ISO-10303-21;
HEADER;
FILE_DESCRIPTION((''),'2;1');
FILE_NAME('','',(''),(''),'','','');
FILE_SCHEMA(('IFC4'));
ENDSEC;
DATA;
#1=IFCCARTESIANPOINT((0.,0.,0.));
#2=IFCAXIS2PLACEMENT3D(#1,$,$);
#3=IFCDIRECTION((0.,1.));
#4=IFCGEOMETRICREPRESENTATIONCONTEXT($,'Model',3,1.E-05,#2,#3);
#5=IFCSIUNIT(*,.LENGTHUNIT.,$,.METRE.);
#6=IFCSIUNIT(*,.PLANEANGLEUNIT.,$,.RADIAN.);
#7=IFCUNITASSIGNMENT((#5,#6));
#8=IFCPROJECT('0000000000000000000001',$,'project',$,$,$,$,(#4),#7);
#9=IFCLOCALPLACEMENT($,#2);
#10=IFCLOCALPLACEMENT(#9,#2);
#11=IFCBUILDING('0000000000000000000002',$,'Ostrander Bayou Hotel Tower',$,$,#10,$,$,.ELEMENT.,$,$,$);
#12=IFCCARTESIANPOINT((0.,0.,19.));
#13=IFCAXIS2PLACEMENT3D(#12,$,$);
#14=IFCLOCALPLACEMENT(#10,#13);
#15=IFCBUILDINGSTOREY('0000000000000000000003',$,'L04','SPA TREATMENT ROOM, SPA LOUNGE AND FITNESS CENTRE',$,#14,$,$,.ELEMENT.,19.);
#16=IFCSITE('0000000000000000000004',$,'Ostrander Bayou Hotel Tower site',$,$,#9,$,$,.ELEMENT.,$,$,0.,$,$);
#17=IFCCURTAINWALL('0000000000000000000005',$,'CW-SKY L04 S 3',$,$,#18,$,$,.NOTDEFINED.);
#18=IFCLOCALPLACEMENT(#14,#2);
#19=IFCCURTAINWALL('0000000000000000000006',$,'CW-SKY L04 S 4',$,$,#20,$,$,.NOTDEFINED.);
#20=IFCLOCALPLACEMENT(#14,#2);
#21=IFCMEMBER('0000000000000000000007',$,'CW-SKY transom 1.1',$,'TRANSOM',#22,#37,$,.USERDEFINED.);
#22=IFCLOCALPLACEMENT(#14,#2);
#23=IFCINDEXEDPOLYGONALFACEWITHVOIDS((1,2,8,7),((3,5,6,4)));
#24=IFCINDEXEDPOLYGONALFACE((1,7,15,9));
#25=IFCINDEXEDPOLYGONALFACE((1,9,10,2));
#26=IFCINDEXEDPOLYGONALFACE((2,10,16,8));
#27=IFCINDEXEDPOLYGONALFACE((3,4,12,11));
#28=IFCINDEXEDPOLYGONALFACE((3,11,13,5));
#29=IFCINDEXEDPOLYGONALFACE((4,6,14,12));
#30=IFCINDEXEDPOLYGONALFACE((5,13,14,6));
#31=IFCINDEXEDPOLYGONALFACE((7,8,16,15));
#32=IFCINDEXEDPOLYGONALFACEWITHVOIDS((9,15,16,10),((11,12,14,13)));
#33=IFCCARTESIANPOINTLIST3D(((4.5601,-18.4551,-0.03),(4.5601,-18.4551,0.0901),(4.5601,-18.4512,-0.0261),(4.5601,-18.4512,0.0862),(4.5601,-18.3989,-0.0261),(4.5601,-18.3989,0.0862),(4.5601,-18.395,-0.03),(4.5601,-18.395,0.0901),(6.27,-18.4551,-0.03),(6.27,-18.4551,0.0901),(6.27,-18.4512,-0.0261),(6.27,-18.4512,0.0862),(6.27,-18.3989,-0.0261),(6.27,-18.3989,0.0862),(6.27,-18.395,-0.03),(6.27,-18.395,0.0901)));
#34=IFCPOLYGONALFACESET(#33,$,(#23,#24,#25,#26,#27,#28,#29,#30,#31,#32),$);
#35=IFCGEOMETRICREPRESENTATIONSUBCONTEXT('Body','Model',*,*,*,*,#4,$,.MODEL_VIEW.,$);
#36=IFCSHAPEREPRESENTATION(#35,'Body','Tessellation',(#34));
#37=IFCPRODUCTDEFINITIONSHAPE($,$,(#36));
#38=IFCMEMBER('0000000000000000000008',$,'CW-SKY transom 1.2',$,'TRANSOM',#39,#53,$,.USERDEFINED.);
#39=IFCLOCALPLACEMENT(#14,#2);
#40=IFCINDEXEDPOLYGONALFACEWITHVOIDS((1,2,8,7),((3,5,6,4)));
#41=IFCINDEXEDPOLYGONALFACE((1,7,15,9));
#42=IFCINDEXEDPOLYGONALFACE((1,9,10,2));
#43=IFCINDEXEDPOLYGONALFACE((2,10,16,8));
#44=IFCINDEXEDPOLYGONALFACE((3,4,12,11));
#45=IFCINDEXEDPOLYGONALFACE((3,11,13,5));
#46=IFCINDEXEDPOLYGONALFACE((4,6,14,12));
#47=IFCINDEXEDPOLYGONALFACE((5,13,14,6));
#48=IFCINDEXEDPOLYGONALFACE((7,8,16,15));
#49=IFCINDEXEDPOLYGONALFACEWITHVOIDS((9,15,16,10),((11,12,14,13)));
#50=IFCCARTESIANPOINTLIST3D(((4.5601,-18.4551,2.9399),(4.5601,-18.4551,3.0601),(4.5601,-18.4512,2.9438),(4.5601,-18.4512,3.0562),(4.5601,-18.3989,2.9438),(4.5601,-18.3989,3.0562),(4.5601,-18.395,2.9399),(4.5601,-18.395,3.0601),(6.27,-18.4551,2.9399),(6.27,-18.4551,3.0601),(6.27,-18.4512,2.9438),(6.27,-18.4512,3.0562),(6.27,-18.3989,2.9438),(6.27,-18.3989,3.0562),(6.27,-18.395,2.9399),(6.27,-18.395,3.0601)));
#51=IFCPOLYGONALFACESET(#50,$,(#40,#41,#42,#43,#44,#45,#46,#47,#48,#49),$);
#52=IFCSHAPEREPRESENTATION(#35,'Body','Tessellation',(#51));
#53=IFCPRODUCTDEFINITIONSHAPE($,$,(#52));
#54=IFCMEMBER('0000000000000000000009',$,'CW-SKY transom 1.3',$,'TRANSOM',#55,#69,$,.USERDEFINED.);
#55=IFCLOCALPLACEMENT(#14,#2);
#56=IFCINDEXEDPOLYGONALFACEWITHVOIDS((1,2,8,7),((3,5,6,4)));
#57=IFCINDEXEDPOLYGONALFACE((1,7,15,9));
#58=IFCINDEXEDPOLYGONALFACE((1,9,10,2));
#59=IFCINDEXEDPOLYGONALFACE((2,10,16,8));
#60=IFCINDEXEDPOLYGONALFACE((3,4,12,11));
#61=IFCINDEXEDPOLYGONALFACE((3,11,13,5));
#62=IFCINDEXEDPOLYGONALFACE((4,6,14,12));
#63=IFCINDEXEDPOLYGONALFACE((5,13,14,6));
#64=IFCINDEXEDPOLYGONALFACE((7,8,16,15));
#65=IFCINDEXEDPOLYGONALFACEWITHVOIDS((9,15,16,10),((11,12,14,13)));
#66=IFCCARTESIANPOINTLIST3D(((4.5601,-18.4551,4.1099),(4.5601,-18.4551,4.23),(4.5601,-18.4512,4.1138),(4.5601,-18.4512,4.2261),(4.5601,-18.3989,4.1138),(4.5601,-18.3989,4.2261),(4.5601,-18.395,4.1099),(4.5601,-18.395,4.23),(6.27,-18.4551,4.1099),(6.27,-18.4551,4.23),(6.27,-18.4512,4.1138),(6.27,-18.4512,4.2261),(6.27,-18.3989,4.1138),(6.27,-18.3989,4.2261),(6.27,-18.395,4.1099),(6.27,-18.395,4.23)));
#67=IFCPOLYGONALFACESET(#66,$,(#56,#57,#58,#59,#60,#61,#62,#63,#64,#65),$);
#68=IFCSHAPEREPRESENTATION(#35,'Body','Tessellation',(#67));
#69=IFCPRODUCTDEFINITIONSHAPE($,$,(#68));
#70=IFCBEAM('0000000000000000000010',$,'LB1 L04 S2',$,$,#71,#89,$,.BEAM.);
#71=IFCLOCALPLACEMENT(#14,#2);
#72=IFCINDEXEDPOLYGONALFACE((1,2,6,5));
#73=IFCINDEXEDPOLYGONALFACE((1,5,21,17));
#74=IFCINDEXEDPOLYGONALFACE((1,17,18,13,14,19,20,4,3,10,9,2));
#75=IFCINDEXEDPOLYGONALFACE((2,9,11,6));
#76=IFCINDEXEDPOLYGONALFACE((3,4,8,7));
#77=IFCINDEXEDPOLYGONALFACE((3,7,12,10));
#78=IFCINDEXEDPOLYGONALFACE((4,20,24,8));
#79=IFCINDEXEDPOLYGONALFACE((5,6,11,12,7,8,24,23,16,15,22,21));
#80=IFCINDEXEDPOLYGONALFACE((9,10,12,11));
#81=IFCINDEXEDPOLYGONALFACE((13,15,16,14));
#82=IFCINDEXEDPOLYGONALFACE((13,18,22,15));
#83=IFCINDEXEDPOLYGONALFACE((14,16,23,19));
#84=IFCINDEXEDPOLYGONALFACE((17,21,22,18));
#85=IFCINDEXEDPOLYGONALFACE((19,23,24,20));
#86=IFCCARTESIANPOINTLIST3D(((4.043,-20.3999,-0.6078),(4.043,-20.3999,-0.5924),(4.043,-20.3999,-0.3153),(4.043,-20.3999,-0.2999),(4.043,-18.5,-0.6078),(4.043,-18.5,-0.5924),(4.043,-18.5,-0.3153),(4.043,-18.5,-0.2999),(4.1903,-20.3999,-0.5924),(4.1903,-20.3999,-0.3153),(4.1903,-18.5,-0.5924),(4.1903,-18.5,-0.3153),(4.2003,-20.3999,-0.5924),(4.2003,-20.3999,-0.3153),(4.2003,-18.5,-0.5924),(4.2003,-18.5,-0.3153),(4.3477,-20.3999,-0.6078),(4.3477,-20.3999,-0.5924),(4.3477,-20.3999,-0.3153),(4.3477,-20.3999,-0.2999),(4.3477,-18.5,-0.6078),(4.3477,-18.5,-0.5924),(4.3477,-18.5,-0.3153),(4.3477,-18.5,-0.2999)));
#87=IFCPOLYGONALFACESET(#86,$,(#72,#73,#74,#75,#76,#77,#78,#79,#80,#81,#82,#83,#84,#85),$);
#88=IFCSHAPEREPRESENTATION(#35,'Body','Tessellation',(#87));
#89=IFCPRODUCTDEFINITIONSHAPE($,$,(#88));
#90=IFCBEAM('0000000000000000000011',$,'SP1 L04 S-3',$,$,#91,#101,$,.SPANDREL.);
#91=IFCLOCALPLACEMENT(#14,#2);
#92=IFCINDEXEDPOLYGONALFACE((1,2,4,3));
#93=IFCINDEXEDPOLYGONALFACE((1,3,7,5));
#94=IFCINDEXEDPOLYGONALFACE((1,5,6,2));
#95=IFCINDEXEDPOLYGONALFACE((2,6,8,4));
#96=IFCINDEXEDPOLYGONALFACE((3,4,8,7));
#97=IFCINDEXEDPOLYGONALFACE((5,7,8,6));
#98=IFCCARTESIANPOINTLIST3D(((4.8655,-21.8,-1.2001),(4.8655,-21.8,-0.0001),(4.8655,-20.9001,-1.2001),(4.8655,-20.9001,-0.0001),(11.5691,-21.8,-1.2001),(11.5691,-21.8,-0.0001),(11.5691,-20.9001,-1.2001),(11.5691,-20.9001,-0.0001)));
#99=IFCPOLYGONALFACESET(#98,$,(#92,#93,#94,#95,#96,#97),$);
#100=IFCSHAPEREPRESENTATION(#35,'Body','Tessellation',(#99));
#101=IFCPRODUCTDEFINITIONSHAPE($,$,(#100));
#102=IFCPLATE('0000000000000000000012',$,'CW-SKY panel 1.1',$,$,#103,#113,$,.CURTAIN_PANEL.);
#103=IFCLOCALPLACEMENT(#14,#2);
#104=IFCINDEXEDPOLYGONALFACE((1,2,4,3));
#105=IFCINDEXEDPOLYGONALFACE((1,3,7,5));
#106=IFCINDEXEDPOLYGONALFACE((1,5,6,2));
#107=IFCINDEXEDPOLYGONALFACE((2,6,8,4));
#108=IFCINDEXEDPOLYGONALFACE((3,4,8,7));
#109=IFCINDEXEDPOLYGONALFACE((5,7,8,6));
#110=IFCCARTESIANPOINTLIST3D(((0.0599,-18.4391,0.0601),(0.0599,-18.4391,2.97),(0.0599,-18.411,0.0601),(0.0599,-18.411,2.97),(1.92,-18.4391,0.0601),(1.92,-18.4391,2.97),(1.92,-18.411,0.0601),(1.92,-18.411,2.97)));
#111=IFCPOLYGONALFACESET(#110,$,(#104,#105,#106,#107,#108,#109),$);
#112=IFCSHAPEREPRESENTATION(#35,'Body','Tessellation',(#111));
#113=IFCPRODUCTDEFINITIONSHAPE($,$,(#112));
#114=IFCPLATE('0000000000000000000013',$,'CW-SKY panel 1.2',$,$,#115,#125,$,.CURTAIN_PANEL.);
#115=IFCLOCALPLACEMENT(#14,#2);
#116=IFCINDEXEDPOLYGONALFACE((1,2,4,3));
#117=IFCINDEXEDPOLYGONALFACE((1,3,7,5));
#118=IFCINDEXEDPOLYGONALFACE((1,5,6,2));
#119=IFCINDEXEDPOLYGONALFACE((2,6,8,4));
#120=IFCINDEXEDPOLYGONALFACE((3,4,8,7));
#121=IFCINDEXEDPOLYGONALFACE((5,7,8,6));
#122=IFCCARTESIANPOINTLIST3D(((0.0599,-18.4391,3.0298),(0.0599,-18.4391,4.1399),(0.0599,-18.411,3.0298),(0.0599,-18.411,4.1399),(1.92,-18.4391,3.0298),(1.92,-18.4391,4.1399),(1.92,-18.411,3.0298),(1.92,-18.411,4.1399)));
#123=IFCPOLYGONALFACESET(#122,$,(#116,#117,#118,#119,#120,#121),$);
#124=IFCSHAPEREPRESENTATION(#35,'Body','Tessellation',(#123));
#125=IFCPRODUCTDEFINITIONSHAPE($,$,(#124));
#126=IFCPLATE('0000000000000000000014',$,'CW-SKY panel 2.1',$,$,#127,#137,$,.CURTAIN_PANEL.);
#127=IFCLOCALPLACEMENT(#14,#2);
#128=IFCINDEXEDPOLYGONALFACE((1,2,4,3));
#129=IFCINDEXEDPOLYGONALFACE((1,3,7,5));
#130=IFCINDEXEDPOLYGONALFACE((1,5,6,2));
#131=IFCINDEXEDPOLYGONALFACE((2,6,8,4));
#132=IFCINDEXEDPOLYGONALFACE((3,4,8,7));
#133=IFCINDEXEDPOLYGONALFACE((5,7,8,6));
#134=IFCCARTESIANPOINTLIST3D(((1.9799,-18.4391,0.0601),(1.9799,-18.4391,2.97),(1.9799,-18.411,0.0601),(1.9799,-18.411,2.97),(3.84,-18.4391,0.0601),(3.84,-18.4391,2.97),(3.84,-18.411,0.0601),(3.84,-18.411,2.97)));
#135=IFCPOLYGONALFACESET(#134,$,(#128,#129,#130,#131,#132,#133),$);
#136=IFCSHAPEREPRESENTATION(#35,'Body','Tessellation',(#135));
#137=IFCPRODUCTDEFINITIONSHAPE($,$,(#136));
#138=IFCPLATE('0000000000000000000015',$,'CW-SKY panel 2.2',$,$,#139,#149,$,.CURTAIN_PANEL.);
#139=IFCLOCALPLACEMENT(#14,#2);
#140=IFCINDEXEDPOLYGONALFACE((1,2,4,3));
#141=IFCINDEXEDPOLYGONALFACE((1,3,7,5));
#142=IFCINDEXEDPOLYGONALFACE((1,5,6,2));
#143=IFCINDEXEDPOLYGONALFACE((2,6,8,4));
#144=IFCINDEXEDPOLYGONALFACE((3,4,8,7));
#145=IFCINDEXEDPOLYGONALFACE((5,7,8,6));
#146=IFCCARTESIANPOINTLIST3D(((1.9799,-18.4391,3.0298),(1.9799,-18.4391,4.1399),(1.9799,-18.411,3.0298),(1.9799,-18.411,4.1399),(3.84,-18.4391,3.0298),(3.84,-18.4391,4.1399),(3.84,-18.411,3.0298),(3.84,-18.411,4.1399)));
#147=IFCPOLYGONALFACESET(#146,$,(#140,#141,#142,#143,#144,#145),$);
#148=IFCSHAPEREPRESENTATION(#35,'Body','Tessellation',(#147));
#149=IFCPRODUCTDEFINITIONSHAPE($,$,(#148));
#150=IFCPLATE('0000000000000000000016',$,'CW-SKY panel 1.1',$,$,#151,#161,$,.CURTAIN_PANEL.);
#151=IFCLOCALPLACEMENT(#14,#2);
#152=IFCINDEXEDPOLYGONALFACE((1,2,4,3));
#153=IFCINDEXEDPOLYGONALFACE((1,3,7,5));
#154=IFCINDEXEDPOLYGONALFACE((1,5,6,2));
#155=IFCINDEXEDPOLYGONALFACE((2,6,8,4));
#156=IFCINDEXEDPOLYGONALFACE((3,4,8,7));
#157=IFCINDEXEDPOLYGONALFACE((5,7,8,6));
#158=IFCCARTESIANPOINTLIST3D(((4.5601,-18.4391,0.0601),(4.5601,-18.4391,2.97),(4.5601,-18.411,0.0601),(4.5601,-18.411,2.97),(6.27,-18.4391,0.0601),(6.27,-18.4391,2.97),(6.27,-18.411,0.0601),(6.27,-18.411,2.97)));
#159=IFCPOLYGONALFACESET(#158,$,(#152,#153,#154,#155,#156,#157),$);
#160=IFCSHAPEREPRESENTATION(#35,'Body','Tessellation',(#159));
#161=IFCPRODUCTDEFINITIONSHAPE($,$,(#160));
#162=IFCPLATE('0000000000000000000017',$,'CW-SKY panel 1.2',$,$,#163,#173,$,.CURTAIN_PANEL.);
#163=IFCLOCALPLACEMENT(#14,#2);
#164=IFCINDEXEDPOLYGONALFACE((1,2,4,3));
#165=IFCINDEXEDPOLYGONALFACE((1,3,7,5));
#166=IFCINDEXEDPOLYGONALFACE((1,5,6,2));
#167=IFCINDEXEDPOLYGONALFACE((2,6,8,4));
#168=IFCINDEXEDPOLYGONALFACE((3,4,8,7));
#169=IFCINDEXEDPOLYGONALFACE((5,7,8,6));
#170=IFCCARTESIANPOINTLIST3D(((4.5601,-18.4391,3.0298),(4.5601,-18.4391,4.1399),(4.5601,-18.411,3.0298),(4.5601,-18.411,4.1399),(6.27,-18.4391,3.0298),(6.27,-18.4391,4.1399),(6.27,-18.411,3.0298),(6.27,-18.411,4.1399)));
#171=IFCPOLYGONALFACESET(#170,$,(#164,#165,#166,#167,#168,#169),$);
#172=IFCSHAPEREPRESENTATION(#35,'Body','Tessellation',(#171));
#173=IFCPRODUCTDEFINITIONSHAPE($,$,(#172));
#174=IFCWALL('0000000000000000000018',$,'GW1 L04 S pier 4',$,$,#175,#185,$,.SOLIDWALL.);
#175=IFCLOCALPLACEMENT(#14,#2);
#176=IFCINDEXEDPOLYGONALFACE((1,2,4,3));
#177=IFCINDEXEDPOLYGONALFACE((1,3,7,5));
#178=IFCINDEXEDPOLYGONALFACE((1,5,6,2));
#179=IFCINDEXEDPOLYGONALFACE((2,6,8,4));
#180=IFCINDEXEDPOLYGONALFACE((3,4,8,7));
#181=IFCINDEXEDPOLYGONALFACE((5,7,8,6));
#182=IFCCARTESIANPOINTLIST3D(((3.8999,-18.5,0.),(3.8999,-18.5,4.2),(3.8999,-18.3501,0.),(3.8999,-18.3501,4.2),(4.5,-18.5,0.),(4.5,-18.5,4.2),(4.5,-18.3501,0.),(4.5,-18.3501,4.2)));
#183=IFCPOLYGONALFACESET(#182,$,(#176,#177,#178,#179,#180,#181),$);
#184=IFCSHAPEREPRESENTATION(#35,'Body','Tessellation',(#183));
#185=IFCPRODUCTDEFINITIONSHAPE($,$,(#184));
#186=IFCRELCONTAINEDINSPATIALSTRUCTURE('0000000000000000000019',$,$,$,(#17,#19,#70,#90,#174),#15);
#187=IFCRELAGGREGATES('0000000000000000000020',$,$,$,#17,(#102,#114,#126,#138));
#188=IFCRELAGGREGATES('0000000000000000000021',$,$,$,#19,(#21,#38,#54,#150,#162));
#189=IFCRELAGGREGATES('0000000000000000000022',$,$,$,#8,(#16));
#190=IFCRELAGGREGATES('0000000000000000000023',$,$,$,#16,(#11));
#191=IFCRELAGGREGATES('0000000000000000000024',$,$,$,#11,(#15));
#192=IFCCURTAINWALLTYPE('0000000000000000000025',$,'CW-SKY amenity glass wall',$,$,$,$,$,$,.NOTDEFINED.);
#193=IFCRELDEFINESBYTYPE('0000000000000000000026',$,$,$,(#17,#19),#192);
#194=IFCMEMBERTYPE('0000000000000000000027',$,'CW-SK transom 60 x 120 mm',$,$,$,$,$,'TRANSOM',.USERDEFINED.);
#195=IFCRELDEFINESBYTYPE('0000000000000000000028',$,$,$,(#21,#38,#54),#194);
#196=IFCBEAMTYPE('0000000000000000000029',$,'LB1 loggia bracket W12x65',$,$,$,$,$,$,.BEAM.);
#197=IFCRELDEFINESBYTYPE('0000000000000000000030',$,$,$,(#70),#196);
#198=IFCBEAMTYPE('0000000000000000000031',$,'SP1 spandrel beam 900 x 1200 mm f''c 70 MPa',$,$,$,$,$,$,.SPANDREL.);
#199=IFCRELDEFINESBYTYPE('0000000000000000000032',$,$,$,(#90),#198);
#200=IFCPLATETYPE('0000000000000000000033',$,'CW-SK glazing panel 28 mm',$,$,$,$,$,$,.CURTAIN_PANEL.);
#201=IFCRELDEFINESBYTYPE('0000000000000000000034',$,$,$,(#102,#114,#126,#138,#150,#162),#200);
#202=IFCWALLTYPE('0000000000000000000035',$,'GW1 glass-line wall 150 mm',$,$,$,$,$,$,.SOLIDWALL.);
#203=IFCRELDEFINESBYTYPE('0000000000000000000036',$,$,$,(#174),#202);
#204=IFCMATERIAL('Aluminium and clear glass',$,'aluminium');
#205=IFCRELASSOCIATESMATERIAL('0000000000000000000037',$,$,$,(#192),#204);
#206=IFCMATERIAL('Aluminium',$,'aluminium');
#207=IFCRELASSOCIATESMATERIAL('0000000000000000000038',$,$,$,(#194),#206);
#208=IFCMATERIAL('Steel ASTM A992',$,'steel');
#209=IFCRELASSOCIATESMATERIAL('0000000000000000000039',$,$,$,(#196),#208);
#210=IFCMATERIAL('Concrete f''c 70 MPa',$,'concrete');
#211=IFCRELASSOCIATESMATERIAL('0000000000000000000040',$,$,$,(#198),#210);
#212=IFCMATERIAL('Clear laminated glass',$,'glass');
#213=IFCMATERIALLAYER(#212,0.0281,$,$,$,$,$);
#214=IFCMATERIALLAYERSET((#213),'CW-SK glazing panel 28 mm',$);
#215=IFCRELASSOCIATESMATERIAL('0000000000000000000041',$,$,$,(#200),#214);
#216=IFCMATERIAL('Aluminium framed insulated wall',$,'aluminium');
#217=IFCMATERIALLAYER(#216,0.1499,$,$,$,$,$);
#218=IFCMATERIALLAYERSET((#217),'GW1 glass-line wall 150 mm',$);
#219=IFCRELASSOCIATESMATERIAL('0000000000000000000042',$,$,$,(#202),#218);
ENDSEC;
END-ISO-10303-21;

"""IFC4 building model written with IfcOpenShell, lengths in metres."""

from ifc_helpers import new_model, si_unit, direction, frame, frame_2d, origin, origin_2d, place, context, subcontext, project, spatial, rectangle, hollow_rectangle, i_section, extrude, material, layer, layer_set, material_profile, profile_set, type_object, element, aggregate, save


model = new_model("IFC4")

# Units and contexts
model_context = context("Model", 3, precision=1e-05, world=origin(), true_north=direction((0.0, 1.0)))
body_context = subcontext(model_context, "Body", "Model", "MODEL_VIEW")
ifc_project = project(units=[si_unit("LENGTHUNIT", "METRE"), si_unit("PLANEANGLEUNIT", "RADIAN")], contexts=[model_context])

# Site, building, storey
site_placement = place(None, origin())
site = spatial("IfcSite", under=ifc_project, at=site_placement, Name="Ostrander Bayou Hotel Tower site", CompositionType="ELEMENT", RefElevation=0.0)
building_placement = place(site_placement, origin())
building = spatial("IfcBuilding", under=site, at=building_placement, Name="Ostrander Bayou Hotel Tower", CompositionType="ELEMENT")
storey_placement = place(building_placement, frame((0.0, 0.0, 19.0)))
storey = spatial("IfcBuildingStorey", under=building, at=storey_placement, Name="L04", Description="SPA TREATMENT ROOM, SPA LOUNGE AND FITNESS CENTRE", CompositionType="ELEMENT", Elevation=19.0)

# Curtain wall
ifc_material_1 = material(Name="Aluminium and clear glass", Category="aluminium")
curtain_wall_type = type_object("IfcCurtainWallType", Name="CW-SKY amenity glass wall", PredefinedType="NOTDEFINED", material=ifc_material_1)
curtain_wall_1_placement = place(storey_placement, origin())
curtain_wall_1 = element("IfcCurtainWall", 1, at=curtain_wall_1_placement, inside=storey, type_object=curtain_wall_type, Name="CW-SKY L04 S 3", PredefinedType="NOTDEFINED")

# Curtain wall
curtain_wall_2_placement = place(storey_placement, origin())
curtain_wall_2 = element("IfcCurtainWall", 2, at=curtain_wall_2_placement, inside=storey, type_object=curtain_wall_type, Name="CW-SKY L04 S 4", PredefinedType="NOTDEFINED")

# Members
ifc_material_2 = material(Name="Aluminium", Category="aluminium")
ifc_material_profile_1 = material_profile(ifc_material_2, hollow_rectangle(XDim=0.0601, YDim=0.1201, WallThickness=0.0039, at=origin_2d()))
ifc_profile_set_1 = profile_set([ifc_material_profile_1], Name="Aluminium")
member_type_1 = type_object("IfcMemberType", Name="CW-SK transom 60 x 120 mm", ElementType="TRANSOM", PredefinedType="USERDEFINED", material=ifc_profile_set_1)
member_1_placement = place(storey_placement, frame((4.5601, -18.425, 0.03), z_axis=(1.0, 0.0, 0.0), x_axis=(0.0, 1.0, 0.0)))
member_1 = element("IfcMember", 3, at=member_1_placement, type_object=member_type_1, Name="CW-SKY transom 1.1", ObjectType="TRANSOM", PredefinedType="USERDEFINED", context=body_context, shape_type="SweptSolid", body=[
    extrude(hollow_rectangle(XDim=0.0601, YDim=0.1201, WallThickness=0.0039, at=origin_2d()), origin(), (0.0, 0.0, 1.0), 1.71),
])
member_2_placement = place(storey_placement, frame((4.5601, -18.425, 3.0), z_axis=(1.0, 0.0, 0.0), x_axis=(0.0, 1.0, 0.0)))
member_2 = element("IfcMember", 4, at=member_2_placement, type_object=member_type_1, Name="CW-SKY transom 1.2", ObjectType="TRANSOM", PredefinedType="USERDEFINED", context=body_context, shape_type="SweptSolid", body=[
    extrude(hollow_rectangle(XDim=0.0601, YDim=0.1201, WallThickness=0.0039, at=origin_2d()), origin(), (0.0, 0.0, 1.0), 1.71),
])
member_3_placement = place(storey_placement, frame((4.5601, -18.425, 4.1699), z_axis=(1.0, 0.0, 0.0), x_axis=(0.0, 1.0, 0.0)))
member_3 = element("IfcMember", 5, at=member_3_placement, type_object=member_type_1, Name="CW-SKY transom 1.3", ObjectType="TRANSOM", PredefinedType="USERDEFINED", context=body_context, shape_type="SweptSolid", body=[
    extrude(hollow_rectangle(XDim=0.0601, YDim=0.1201, WallThickness=0.0039, at=origin_2d()), origin(), (0.0, 0.0, 1.0), 1.71),
])

# Beams
ifc_material_3 = material(Name="Steel ASTM A992", Category="steel")
ifc_material_profile_2 = material_profile(ifc_material_3, i_section(OverallWidth=0.3047, OverallDepth=0.3079, WebThickness=0.01, FlangeThickness=0.0154, at=origin_2d()))
ifc_profile_set_2 = profile_set([ifc_material_profile_2], Name="Steel ASTM A992")
beam_type_1 = type_object("IfcBeamType", Name="LB1 loggia bracket W12x65", PredefinedType="BEAM", material=ifc_profile_set_2)
beam_1_placement = place(storey_placement, frame((4.1953, -20.3999, -0.4539), z_axis=(0.0, 1.0, 0.0), x_axis=(-1.0, 0.0, 0.0)))
element("IfcBeam", 6, at=beam_1_placement, inside=storey, type_object=beam_type_1, Name="LB1 L04 S2", PredefinedType="BEAM", context=body_context, shape_type="SweptSolid", body=[
    extrude(i_section(OverallWidth=0.3047, OverallDepth=0.3079, WebThickness=0.01, FlangeThickness=0.0154, at=origin_2d()), origin(), (0.0, 0.0, 1.0), 1.8999),
])
ifc_material_4 = material(Name="Concrete f'c 70 MPa", Category="concrete")
ifc_material_profile_3 = material_profile(ifc_material_4, rectangle(XDim=0.8999, YDim=1.2, at=origin_2d()))
ifc_profile_set_3 = profile_set([ifc_material_profile_3], Name="Concrete f'c 70 MPa")
beam_type_2 = type_object("IfcBeamType", Name="SP1 spandrel beam 900 x 1200 mm f'c 70 MPa", PredefinedType="SPANDREL", material=ifc_profile_set_3)
beam_2_placement = place(storey_placement, frame((4.8655, -21.3501, -0.6001), z_axis=(1.0, 0.0, 0.0), x_axis=(0.0, 1.0, 0.0)))
element("IfcBeam", 7, at=beam_2_placement, inside=storey, type_object=beam_type_2, Name="SP1 L04 S-3", PredefinedType="SPANDREL", context=body_context, shape_type="SweptSolid", body=[
    extrude(rectangle(XDim=0.8999, YDim=1.2, at=origin_2d()), origin(), (0.0, 0.0, 1.0), 6.7036),
])

# Plates
ifc_material_5 = material(Name="Clear laminated glass", Category="glass")
ifc_layer_1 = layer(ifc_material_5, 0.0281)
ifc_layer_set_1 = layer_set([ifc_layer_1], Name="CW-SK glazing panel 28 mm")
plate_type = type_object("IfcPlateType", Name="CW-SK glazing panel 28 mm", PredefinedType="CURTAIN_PANEL", material=ifc_layer_set_1)
plate_1_placement = place(storey_placement, frame((0.99, -18.425, 0.0601), z_axis=(0.0, 0.0, 1.0), x_axis=(1.0, 0.0, 0.0)))
plate_1 = element("IfcPlate", 8, at=plate_1_placement, type_object=plate_type, Name="CW-SKY panel 1.1", PredefinedType="CURTAIN_PANEL", context=body_context, shape_type="SweptSolid", body=[
    extrude(rectangle(XDim=1.8601, YDim=0.0281, at=origin_2d()), origin(), (0.0, 0.0, 1.0), 2.9099),
])
plate_2_placement = place(storey_placement, frame((0.99, -18.425, 3.0298), z_axis=(0.0, 0.0, 1.0), x_axis=(1.0, 0.0, 0.0)))
plate_2 = element("IfcPlate", 9, at=plate_2_placement, type_object=plate_type, Name="CW-SKY panel 1.2", PredefinedType="CURTAIN_PANEL", context=body_context, shape_type="SweptSolid", body=[
    extrude(rectangle(XDim=1.8601, YDim=0.0281, at=origin_2d()), origin(), (0.0, 0.0, 1.0), 1.1101),
])
plate_3_placement = place(storey_placement, frame((2.9099, -18.425, 0.0601), z_axis=(0.0, 0.0, 1.0), x_axis=(1.0, 0.0, 0.0)))
plate_3 = element("IfcPlate", 10, at=plate_3_placement, type_object=plate_type, Name="CW-SKY panel 2.1", PredefinedType="CURTAIN_PANEL", context=body_context, shape_type="SweptSolid", body=[
    extrude(rectangle(XDim=1.8601, YDim=0.0281, at=origin_2d()), origin(), (0.0, 0.0, 1.0), 2.9099),
])
plate_4_placement = place(storey_placement, frame((2.9099, -18.425, 3.0298), z_axis=(0.0, 0.0, 1.0), x_axis=(1.0, 0.0, 0.0)))
plate_4 = element("IfcPlate", 11, at=plate_4_placement, type_object=plate_type, Name="CW-SKY panel 2.2", PredefinedType="CURTAIN_PANEL", context=body_context, shape_type="SweptSolid", body=[
    extrude(rectangle(XDim=1.8601, YDim=0.0281, at=origin_2d()), origin(), (0.0, 0.0, 1.0), 1.1101),
])
aggregate(curtain_wall_1, [plate_1, plate_2, plate_3, plate_4])
plate_5_placement = place(storey_placement, frame((5.415, -18.425, 0.0601), z_axis=(0.0, 0.0, 1.0), x_axis=(1.0, 0.0, 0.0)))
plate_5 = element("IfcPlate", 12, at=plate_5_placement, type_object=plate_type, Name="CW-SKY panel 1.1", PredefinedType="CURTAIN_PANEL", context=body_context, shape_type="SweptSolid", body=[
    extrude(rectangle(XDim=1.71, YDim=0.0281, at=origin_2d()), origin(), (0.0, 0.0, 1.0), 2.9099),
])
plate_6_placement = place(storey_placement, frame((5.415, -18.425, 3.0298), z_axis=(0.0, 0.0, 1.0), x_axis=(1.0, 0.0, 0.0)))
plate_6 = element("IfcPlate", 13, at=plate_6_placement, type_object=plate_type, Name="CW-SKY panel 1.2", PredefinedType="CURTAIN_PANEL", context=body_context, shape_type="SweptSolid", body=[
    extrude(rectangle(XDim=1.71, YDim=0.0281, at=origin_2d()), origin(), (0.0, 0.0, 1.0), 1.1101),
])
aggregate(curtain_wall_2, [member_1, member_2, member_3, plate_5, plate_6])

# Wall
ifc_material_6 = material(Name="Aluminium framed insulated wall", Category="aluminium")
ifc_layer_2 = layer(ifc_material_6, 0.1499)
ifc_layer_set_2 = layer_set([ifc_layer_2], Name="GW1 glass-line wall 150 mm")
wall_type_1 = type_object("IfcWallType", Name="GW1 glass-line wall 150 mm", PredefinedType="SOLIDWALL", material=ifc_layer_set_2)
wall_1_placement = place(storey_placement, frame((3.8999, -18.425, 0.0), z_axis=(0.0, 0.0, 1.0), x_axis=(1.0, 0.0, 0.0)))
element("IfcWall", 14, at=wall_1_placement, inside=storey, type_object=wall_type_1, Name="GW1 L04 S pier 4", PredefinedType="SOLIDWALL", context=body_context, shape_type="SweptSolid", body=[
    extrude(rectangle(XDim=0.6001, YDim=0.1499, at=frame_2d((0.3, 0.0))), origin(), (0.0, 0.0, 1.0), 4.2),
])

save(model, "model.ifc")
